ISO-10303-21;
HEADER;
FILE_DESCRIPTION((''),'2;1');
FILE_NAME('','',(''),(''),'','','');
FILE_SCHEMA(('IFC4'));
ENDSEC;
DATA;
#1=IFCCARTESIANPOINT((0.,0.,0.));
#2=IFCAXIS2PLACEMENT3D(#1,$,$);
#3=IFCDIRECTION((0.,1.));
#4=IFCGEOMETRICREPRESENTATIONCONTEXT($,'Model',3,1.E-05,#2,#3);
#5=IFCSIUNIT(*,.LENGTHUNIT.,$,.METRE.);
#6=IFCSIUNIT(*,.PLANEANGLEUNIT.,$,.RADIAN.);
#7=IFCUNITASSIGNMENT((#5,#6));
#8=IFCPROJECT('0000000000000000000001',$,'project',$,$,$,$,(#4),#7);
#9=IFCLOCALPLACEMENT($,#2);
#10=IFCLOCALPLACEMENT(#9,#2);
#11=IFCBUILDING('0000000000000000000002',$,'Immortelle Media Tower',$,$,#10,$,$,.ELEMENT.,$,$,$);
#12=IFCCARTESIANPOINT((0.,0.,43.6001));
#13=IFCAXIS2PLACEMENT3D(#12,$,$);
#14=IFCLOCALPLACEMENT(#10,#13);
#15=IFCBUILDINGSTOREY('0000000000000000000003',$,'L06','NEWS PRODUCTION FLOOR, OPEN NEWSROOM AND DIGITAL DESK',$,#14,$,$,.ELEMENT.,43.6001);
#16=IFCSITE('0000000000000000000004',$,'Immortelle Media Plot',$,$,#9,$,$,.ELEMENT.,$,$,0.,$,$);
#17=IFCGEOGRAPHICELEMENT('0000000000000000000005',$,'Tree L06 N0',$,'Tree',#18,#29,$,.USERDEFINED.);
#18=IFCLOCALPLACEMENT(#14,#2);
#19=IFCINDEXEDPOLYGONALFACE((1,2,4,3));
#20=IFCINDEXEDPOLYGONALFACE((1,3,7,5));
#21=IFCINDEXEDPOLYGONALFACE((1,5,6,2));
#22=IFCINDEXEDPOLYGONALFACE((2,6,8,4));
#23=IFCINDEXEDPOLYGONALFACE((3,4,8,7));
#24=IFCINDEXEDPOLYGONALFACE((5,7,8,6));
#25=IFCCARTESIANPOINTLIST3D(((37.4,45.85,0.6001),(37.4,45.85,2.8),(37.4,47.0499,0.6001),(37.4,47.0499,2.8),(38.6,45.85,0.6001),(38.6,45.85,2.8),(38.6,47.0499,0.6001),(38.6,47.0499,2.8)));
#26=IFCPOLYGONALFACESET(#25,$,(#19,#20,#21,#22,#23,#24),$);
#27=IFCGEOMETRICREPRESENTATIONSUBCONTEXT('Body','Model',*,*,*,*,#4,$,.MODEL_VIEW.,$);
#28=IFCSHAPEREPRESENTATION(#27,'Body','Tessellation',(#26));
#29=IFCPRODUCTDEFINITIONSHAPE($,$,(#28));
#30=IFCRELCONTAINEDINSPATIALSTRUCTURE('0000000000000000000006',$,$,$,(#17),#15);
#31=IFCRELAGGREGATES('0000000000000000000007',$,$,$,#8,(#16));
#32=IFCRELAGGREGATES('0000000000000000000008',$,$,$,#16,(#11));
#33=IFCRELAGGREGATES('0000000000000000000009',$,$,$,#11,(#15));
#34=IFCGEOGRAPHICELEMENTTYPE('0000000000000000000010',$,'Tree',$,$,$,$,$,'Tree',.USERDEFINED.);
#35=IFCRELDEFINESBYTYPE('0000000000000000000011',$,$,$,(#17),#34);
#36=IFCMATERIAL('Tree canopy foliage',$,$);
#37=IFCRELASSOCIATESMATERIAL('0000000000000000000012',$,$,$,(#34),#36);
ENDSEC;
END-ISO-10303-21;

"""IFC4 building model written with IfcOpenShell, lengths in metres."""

from ifc_helpers import new_model, si_unit, direction, frame, origin, origin_2d, place, context, subcontext, project, spatial, rectangle, extrude, material, type_object, element, save


model = new_model("IFC4")

# Units and contexts
model_context = context("Model", 3, precision=1e-05, world=origin(), true_north=direction((0.0, 1.0)))
body_context = subcontext(model_context, "Body", "Model", "MODEL_VIEW")
ifc_project = project(units=[si_unit("LENGTHUNIT", "METRE"), si_unit("PLANEANGLEUNIT", "RADIAN")], contexts=[model_context])

# Site, building, storey
site_placement = place(None, origin())
site = spatial("IfcSite", under=ifc_project, at=site_placement, Name="Immortelle Media Plot", CompositionType="ELEMENT", RefElevation=0.0)
building_placement = place(site_placement, origin())
building = spatial("IfcBuilding", under=site, at=building_placement, Name="Immortelle Media Tower", CompositionType="ELEMENT")
storey_placement = place(building_placement, frame((0.0, 0.0, 43.6001)))
storey = spatial("IfcBuildingStorey", under=building, at=storey_placement, Name="L06", Description="NEWS PRODUCTION FLOOR, OPEN NEWSROOM AND DIGITAL DESK", CompositionType="ELEMENT", Elevation=43.6001)

# Geographic element
ifc_material_1 = material(Name="Tree canopy foliage")
geographic_element_type = type_object("IfcGeographicElementType", Name="Tree", ElementType="Tree", PredefinedType="USERDEFINED", material=ifc_material_1)
geographic_element_placement = place(storey_placement, frame((38.0, 46.45, 0.6001), z_axis=(0.0, 0.0, 1.0), x_axis=(1.0, 0.0, 0.0)))
element("IfcGeographicElement", 1, at=geographic_element_placement, inside=storey, type_object=geographic_element_type, Name="Tree L06 N0", ObjectType="Tree", PredefinedType="USERDEFINED", context=body_context, shape_type="SweptSolid", body=[
    extrude(rectangle(XDim=1.2, YDim=1.2, at=origin_2d()), origin(), (0.0, 0.0, 1.0), 2.2),
])

save(model, "model.ifc")
